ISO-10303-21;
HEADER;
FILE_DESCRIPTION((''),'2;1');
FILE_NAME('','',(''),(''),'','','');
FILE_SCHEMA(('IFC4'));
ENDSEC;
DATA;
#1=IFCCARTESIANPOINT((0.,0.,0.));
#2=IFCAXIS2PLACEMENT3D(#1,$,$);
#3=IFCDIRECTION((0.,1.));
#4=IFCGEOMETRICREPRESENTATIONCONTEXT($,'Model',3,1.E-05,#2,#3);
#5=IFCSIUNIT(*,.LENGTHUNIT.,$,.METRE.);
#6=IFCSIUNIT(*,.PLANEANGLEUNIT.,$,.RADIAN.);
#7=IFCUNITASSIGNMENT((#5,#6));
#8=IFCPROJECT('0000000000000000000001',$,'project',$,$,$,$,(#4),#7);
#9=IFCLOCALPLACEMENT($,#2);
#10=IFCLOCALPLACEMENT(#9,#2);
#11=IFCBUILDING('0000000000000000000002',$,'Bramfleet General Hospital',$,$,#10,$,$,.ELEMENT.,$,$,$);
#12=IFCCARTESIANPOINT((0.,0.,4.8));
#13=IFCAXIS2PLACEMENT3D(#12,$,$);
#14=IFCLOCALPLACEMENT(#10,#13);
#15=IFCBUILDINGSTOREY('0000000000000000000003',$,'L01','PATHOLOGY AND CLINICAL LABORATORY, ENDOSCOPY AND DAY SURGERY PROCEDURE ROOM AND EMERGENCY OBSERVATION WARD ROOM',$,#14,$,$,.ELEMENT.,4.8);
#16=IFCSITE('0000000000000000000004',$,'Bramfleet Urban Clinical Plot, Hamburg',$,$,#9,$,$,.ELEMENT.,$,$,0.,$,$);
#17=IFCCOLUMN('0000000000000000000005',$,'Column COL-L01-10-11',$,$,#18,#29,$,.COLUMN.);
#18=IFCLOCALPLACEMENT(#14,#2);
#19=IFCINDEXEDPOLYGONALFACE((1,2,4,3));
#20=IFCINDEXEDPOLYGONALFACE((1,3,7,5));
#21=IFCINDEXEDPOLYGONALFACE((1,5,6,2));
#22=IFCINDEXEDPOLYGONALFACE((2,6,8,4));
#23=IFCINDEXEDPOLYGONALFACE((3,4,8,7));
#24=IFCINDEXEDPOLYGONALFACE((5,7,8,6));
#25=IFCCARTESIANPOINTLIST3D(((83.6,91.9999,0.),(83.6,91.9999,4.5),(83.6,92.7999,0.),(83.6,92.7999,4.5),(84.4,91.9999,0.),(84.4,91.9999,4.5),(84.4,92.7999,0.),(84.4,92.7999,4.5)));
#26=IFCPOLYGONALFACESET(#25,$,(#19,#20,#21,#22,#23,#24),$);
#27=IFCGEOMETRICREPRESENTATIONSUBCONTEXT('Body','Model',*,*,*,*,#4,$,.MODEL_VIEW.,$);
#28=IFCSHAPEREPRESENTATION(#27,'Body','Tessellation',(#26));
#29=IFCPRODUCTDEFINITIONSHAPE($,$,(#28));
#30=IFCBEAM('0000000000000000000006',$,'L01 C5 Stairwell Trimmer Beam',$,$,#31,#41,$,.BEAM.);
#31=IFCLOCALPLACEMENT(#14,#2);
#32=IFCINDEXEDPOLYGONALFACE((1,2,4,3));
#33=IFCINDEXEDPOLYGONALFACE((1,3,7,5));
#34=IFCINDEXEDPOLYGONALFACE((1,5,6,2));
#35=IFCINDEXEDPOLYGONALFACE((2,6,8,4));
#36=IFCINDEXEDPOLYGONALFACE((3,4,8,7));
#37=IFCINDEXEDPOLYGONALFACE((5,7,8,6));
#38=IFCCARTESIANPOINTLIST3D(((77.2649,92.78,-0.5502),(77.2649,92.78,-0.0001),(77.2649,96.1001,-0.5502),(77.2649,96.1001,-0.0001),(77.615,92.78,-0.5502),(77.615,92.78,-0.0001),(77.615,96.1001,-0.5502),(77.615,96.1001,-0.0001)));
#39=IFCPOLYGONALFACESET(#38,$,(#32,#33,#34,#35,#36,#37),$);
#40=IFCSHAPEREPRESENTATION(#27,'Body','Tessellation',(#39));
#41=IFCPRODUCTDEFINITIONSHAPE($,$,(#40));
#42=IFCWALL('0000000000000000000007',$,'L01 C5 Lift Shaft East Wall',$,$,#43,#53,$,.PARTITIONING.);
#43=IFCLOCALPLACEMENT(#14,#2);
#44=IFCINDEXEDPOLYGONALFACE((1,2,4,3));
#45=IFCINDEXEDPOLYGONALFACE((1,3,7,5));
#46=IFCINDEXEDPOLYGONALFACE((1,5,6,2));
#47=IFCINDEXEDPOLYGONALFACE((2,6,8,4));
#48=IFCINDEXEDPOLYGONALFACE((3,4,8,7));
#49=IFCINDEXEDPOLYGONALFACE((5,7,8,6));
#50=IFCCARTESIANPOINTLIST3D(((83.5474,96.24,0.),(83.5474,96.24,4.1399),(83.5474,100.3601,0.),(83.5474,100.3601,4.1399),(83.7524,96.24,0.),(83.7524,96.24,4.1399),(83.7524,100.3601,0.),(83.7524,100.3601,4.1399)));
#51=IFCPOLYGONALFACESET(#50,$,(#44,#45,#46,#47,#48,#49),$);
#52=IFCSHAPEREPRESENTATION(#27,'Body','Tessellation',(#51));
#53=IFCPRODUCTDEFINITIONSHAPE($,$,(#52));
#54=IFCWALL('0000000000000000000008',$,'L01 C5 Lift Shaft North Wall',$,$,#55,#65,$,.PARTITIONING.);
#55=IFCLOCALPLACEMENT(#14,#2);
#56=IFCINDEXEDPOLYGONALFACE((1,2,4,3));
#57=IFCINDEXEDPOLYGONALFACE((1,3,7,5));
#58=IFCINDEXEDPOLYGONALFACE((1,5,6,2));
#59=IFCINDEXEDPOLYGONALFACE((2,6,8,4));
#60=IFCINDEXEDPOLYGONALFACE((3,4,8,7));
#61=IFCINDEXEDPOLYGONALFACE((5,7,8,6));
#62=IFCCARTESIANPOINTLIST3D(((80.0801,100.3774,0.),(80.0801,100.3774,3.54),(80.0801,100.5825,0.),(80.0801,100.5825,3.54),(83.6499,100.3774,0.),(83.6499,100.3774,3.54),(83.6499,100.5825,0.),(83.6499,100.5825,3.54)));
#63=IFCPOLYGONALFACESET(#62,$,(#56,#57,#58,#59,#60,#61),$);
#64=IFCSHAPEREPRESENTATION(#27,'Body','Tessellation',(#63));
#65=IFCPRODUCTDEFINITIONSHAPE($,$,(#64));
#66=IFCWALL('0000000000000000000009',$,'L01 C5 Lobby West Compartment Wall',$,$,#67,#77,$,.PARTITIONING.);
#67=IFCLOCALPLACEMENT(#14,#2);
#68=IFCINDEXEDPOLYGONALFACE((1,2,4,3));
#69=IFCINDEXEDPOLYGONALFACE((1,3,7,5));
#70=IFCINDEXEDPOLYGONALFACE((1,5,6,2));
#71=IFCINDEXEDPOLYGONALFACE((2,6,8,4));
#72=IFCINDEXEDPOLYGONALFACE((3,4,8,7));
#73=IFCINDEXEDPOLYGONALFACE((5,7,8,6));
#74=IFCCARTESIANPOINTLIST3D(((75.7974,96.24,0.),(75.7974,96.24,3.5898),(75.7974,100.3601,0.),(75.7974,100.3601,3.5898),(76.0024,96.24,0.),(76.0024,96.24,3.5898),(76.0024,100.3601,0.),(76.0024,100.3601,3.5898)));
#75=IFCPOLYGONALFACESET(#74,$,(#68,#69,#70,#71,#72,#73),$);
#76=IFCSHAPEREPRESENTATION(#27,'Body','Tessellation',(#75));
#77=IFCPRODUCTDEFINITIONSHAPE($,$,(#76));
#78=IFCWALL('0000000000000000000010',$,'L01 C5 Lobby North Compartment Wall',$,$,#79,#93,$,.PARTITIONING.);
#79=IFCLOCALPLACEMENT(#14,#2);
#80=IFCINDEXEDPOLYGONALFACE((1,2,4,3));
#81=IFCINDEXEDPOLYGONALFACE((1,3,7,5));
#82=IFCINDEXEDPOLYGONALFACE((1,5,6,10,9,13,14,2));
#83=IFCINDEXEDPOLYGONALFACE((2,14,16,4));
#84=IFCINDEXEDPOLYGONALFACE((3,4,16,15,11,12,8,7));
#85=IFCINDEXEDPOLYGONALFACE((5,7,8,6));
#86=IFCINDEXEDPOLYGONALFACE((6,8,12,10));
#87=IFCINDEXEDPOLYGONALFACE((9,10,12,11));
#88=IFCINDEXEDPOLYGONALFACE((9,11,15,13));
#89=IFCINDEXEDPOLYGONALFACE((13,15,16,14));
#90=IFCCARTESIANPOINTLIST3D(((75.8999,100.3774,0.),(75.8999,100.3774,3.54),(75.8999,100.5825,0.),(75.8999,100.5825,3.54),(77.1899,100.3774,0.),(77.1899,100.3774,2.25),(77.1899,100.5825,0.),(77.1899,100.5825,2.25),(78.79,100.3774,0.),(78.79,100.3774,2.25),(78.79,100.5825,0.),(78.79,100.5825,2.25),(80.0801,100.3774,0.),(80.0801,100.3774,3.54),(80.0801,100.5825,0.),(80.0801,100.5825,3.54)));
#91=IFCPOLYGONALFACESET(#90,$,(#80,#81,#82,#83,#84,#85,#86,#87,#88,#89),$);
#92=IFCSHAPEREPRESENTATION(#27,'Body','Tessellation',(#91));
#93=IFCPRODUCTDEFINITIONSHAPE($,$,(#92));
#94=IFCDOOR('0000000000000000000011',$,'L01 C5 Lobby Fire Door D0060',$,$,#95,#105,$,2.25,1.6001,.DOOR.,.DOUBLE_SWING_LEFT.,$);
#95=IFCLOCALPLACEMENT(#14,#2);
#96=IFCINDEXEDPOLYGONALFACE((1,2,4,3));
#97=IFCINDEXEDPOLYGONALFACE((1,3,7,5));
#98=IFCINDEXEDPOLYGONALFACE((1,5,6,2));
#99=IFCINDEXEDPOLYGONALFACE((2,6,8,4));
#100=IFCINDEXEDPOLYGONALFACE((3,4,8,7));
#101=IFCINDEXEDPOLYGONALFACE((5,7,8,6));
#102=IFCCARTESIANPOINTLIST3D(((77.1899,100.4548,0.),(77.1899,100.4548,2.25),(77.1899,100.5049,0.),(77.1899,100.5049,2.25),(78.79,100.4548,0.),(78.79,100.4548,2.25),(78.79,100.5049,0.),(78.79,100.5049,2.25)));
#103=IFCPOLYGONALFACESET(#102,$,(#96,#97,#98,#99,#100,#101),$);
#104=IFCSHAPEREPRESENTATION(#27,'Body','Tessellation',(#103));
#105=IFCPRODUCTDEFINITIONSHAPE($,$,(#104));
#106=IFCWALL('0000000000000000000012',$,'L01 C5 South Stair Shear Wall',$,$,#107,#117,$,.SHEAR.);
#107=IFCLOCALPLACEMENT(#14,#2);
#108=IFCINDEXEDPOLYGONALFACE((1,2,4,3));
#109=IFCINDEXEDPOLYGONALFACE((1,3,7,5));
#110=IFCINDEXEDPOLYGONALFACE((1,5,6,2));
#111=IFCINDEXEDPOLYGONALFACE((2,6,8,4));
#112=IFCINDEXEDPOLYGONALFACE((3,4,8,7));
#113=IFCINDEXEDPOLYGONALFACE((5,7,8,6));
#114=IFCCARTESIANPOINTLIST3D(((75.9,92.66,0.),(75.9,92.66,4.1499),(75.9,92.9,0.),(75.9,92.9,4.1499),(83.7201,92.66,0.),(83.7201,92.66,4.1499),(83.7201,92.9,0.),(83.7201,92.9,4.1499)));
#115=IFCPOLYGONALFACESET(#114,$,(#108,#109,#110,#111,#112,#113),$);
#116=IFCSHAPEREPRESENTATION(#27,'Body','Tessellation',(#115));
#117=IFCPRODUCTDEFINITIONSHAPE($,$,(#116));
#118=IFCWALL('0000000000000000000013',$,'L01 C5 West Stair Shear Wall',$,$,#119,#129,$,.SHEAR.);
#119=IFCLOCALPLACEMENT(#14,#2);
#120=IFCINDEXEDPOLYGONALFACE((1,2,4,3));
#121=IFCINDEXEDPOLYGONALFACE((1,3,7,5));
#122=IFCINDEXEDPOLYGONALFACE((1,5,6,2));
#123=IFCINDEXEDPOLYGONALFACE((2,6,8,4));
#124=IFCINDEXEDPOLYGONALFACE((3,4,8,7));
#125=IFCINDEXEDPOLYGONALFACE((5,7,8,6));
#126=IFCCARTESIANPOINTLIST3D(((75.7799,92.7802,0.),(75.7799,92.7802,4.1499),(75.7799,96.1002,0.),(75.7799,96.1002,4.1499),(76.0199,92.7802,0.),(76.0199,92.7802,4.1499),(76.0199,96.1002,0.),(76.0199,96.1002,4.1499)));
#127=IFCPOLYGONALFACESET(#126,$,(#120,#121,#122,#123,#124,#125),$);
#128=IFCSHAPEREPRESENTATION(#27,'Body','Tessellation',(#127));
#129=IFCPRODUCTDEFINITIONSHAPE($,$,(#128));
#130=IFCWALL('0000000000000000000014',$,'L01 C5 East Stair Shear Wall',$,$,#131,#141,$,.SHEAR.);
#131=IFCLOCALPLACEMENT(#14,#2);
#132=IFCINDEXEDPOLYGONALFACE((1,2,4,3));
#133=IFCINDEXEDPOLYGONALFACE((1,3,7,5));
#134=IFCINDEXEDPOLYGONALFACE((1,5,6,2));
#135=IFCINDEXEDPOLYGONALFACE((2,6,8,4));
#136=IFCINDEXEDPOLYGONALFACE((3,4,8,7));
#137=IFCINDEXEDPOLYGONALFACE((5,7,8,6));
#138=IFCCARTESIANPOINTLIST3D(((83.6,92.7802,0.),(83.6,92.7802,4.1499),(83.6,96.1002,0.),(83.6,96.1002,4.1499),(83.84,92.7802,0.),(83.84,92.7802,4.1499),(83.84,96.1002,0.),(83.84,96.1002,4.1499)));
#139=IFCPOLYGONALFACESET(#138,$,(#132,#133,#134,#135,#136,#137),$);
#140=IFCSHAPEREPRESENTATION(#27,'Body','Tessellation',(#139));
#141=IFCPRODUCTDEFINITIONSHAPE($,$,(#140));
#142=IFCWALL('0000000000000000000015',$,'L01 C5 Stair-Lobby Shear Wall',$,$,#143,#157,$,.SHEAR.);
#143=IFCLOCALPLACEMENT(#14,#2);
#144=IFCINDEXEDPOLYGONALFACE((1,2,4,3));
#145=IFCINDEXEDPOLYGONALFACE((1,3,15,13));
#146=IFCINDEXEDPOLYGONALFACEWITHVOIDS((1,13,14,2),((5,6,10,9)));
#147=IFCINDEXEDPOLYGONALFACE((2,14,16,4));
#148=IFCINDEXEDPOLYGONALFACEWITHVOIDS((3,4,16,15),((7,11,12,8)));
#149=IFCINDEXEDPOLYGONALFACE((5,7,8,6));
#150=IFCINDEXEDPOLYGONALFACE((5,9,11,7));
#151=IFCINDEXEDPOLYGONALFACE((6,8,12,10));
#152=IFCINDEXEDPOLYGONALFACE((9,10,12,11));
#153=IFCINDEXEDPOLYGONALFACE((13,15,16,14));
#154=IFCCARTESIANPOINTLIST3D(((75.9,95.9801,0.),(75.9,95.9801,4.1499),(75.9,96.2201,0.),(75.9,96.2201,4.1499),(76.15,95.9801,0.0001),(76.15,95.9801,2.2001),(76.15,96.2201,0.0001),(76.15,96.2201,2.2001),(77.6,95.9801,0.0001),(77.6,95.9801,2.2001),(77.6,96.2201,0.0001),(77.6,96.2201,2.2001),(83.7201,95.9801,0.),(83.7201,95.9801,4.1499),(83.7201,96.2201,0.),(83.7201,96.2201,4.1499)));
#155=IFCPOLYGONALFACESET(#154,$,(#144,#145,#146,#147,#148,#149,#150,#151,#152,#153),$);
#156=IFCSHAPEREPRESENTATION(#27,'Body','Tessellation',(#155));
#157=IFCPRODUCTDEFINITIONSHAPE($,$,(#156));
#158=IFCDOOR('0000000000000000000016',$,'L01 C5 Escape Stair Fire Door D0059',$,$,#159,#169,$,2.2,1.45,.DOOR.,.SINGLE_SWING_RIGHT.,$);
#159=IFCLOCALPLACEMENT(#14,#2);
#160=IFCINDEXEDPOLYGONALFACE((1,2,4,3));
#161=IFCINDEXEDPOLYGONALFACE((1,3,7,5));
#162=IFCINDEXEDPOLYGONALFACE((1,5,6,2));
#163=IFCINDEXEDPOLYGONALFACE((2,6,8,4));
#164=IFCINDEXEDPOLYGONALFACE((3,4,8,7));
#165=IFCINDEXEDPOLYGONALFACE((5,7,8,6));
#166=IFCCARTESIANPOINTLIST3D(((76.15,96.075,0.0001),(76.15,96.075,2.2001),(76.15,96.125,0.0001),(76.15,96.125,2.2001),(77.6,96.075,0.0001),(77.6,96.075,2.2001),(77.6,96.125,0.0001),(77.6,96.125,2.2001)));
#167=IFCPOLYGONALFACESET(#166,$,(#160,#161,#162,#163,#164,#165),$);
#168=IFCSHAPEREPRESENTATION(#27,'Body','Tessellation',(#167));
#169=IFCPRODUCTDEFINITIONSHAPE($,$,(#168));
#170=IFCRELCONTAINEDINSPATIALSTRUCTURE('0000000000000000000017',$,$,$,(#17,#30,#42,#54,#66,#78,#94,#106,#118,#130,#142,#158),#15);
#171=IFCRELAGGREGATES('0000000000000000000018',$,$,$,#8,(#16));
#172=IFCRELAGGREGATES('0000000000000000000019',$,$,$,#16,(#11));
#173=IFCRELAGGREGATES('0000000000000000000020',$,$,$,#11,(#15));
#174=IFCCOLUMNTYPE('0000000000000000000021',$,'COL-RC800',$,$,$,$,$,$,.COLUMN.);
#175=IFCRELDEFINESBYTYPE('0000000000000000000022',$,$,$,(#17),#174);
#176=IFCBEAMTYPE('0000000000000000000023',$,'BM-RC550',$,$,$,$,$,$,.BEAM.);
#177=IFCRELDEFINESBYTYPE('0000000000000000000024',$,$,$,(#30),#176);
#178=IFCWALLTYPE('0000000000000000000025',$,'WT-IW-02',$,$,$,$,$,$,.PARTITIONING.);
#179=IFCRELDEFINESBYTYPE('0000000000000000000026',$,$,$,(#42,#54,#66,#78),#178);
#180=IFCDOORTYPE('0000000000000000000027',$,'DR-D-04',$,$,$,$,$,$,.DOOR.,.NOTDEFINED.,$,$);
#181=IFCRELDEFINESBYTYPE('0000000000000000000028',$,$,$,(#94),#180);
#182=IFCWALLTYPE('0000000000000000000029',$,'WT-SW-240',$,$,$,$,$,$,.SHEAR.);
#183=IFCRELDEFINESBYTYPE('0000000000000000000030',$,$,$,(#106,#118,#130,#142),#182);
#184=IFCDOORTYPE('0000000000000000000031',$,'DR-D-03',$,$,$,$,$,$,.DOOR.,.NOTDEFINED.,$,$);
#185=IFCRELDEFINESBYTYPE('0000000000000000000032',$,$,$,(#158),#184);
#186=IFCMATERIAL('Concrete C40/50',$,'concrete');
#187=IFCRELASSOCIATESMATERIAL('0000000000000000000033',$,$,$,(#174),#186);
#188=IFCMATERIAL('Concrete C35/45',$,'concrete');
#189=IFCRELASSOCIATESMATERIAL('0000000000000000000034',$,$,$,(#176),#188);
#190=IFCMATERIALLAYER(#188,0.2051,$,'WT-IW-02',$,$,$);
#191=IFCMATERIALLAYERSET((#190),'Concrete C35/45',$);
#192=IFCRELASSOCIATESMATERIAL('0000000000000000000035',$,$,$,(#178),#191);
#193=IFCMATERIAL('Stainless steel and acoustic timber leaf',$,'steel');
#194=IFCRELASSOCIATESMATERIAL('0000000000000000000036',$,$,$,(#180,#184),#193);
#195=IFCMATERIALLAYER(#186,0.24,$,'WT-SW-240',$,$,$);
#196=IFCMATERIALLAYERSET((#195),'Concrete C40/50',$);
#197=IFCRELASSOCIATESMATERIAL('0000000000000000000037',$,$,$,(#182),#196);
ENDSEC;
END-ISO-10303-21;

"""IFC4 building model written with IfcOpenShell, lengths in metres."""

from ifc_helpers import new_model, si_unit, direction, frame, frame_2d, origin, origin_2d, place, context, subcontext, project, spatial, rectangle, extrude, material, layer, layer_set, material_profile, profile_set, type_object, element, fill, save


model = new_model("IFC4")

# Units and contexts
model_context = context("Model", 3, precision=1e-05, world=origin(), true_north=direction((0.0, 1.0)))
body_context = subcontext(model_context, "Body", "Model", "MODEL_VIEW")
ifc_project = project(units=[si_unit("LENGTHUNIT", "METRE"), si_unit("PLANEANGLEUNIT", "RADIAN")], contexts=[model_context])

# Site, building, storey
site_placement = place(None, origin())
site = spatial("IfcSite", under=ifc_project, at=site_placement, Name="Bramfleet Urban Clinical Plot, Hamburg", CompositionType="ELEMENT", RefElevation=0.0)
building_placement = place(site_placement, origin())
building = spatial("IfcBuilding", under=site, at=building_placement, Name="Bramfleet General Hospital", CompositionType="ELEMENT")
storey_placement = place(building_placement, frame((0.0, 0.0, 4.8)))
storey = spatial("IfcBuildingStorey", under=building, at=storey_placement, Name="L01", Description="PATHOLOGY AND CLINICAL LABORATORY, ENDOSCOPY AND DAY SURGERY PROCEDURE ROOM AND EMERGENCY OBSERVATION WARD ROOM", CompositionType="ELEMENT", Elevation=4.8)

# Column
ifc_material_1 = material(Name="Concrete C40/50", Category="concrete")
ifc_material_profile_1 = material_profile(ifc_material_1, rectangle(XDim=0.8, YDim=0.8, at=origin_2d()), Name="RC COL 800x800")
ifc_profile_set_1 = profile_set([ifc_material_profile_1], Name="Concrete C40/50")
column_type = type_object("IfcColumnType", Name="COL-RC800", PredefinedType="COLUMN", material=ifc_profile_set_1)
column_placement = place(storey_placement, frame((84.0, 92.3999, 0.0), z_axis=(0.0, 0.0, 1.0), x_axis=(1.0, 0.0, 0.0)))
element("IfcColumn", 1, at=column_placement, inside=storey, type_object=column_type, Name="Column COL-L01-10-11", PredefinedType="COLUMN", context=body_context, shape_type="SweptSolid", body=[
    extrude(rectangle(XDim=0.8, YDim=0.8, at=origin_2d()), origin(), (0.0, 0.0, 1.0), 4.5),
])

# Beam
ifc_material_2 = material(Name="Concrete C35/45", Category="concrete")
ifc_material_profile_2 = material_profile(ifc_material_2, rectangle(XDim=0.3501, YDim=0.55, at=origin_2d()), Name="RC BM 550x350")
ifc_profile_set_2 = profile_set([ifc_material_profile_2], Name="Concrete C35/45")
beam_type = type_object("IfcBeamType", Name="BM-RC550", PredefinedType="BEAM", material=ifc_profile_set_2)
beam_placement = place(storey_placement, frame((77.4399, 92.78, -0.2751), z_axis=(0.0, 1.0, 0.0), x_axis=(-1.0, 0.0, 0.0)))
element("IfcBeam", 2, at=beam_placement, inside=storey, type_object=beam_type, Name="L01 C5 Stairwell Trimmer Beam", PredefinedType="BEAM", context=body_context, shape_type="SweptSolid", body=[
    extrude(rectangle(XDim=0.3501, YDim=0.55, at=origin_2d()), origin(), (0.0, 0.0, 1.0), 3.3201),
])

# Shared definitions
ifc_layer_1 = layer(ifc_material_2, 0.2051, Name="WT-IW-02")
ifc_layer_set_1 = layer_set([ifc_layer_1], Name="Concrete C35/45")
wall_type_1 = type_object("IfcWallType", Name="WT-IW-02", PredefinedType="PARTITIONING", material=ifc_layer_set_1)

# Walls
wall_1_placement = place(storey_placement, frame((83.6499, 96.24, 0.0), z_axis=(0.0, 0.0, 1.0), x_axis=(0.0, 1.0, 0.0)))
element("IfcWall", 3, at=wall_1_placement, inside=storey, type_object=wall_type_1, Name="L01 C5 Lift Shaft East Wall", PredefinedType="PARTITIONING", context=body_context, shape_type="SweptSolid", body=[
    extrude(rectangle(XDim=4.1201, YDim=0.2051, at=frame_2d((2.0601, 0.0))), origin(), (0.0, 0.0, 1.0), 4.1399),
])
wall_2_placement = place(storey_placement, frame((80.0801, 100.48, 0.0), z_axis=(0.0, 0.0, 1.0), x_axis=(1.0, 0.0, 0.0)))
element("IfcWall", 4, at=wall_2_placement, inside=storey, type_object=wall_type_1, Name="L01 C5 Lift Shaft North Wall", PredefinedType="PARTITIONING", context=body_context, shape_type="SweptSolid", body=[
    extrude(rectangle(XDim=3.5698, YDim=0.2051, at=frame_2d((1.7849, 0.0))), origin(), (0.0, 0.0, 1.0), 3.54),
])
wall_3_placement = place(storey_placement, frame((75.8999, 96.24, 0.0), z_axis=(0.0, 0.0, 1.0), x_axis=(0.0, 1.0, 0.0)))
element("IfcWall", 5, at=wall_3_placement, inside=storey, type_object=wall_type_1, Name="L01 C5 Lobby West Compartment Wall", PredefinedType="PARTITIONING", context=body_context, shape_type="SweptSolid", body=[
    extrude(rectangle(XDim=4.1201, YDim=0.2051, at=frame_2d((2.0601, 0.0))), origin(), (0.0, 0.0, 1.0), 3.5898),
])

# Wall, opening, door
wall_4_placement = place(storey_placement, frame((75.8999, 100.48, 0.0), z_axis=(0.0, 0.0, 1.0), x_axis=(1.0, 0.0, 0.0)))
wall_4 = element("IfcWall", 6, at=wall_4_placement, inside=storey, type_object=wall_type_1, Name="L01 C5 Lobby North Compartment Wall", PredefinedType="PARTITIONING", context=body_context, shape_type="SweptSolid", body=[
    extrude(rectangle(XDim=4.1802, YDim=0.2051, at=frame_2d((2.0901, 0.0))), origin(), (0.0, 0.0, 1.0), 3.54),
])
opening_1_placement = place(wall_4_placement, frame((1.29, 0.0, 0.0)))
opening_1 = element("IfcOpeningElement", 7, at=opening_1_placement, cuts=wall_4, PredefinedType="OPENING", context=body_context, shape_type="SweptSolid", body=[
    extrude(rectangle(XDim=1.6001, YDim=2.25, at=frame_2d((0.8, 1.125))), frame((0.0, 0.1125, 0.0), z_axis=(0.0, -1.0, 0.0), x_axis=(1.0, 0.0, 0.0)), (0.0, 0.0, 1.0), 0.2251),
])
ifc_material_3 = material(Name="Stainless steel and acoustic timber leaf", Category="steel")
door_type_1 = type_object("IfcDoorType", Name="DR-D-04", OperationType="NOTDEFINED", PredefinedType="DOOR", material=ifc_material_3)
door_1_placement = place(opening_1_placement, origin())
door_1 = element("IfcDoor", 8, at=door_1_placement, inside=storey, type_object=door_type_1, Name="L01 C5 Lobby Fire Door D0060", OperationType="DOUBLE_SWING_LEFT", OverallHeight=2.25, OverallWidth=1.6001, PredefinedType="DOOR", context=body_context, shape_type="SweptSolid", body=[
    extrude(rectangle(XDim=1.6001, YDim=2.25, at=frame_2d((0.8, 1.125))), frame((0.0, 0.0249, 0.0), z_axis=(0.0, -1.0, 0.0), x_axis=(1.0, 0.0, 0.0)), (0.0, 0.0, 1.0), 0.05),
])
fill(opening_1, door_1)

# Walls
ifc_layer_2 = layer(ifc_material_1, 0.24, Name="WT-SW-240")
ifc_layer_set_2 = layer_set([ifc_layer_2], Name="Concrete C40/50")
wall_type_2 = type_object("IfcWallType", Name="WT-SW-240", PredefinedType="SHEAR", material=ifc_layer_set_2)
wall_5_placement = place(storey_placement, frame((75.8999, 92.78, 0.0), z_axis=(0.0, 0.0, 1.0), x_axis=(1.0, 0.0, 0.0)))
element("IfcWall", 9, at=wall_5_placement, inside=storey, type_object=wall_type_2, Name="L01 C5 South Stair Shear Wall", PredefinedType="SHEAR", context=body_context, shape_type="SweptSolid", body=[
    extrude(rectangle(XDim=7.8201, YDim=0.24, at=frame_2d((3.9102, 0.0))), origin(), (0.0, 0.0, 1.0), 4.1499),
])
for number, where, z_axis, x_axis, name in (
    (10, (75.8999, 92.78, 0.0), (0.0, 0.0, 1.0), (0.0, 1.0, 0.0), "L01 C5 West Stair Shear Wall"),
    (11, (83.72, 92.78, 0.0), (0.0, 0.0, 1.0), (0.0, 1.0, 0.0), "L01 C5 East Stair Shear Wall"),
):
    element("IfcWall", number, at=place(storey_placement, frame(where, z_axis=z_axis, x_axis=x_axis)), inside=storey, type_object=wall_type_2, Name=name, PredefinedType="SHEAR", context=body_context, shape_type="SweptSolid", body=[
        extrude(rectangle(XDim=3.3201, YDim=0.24, at=frame_2d((1.6602, 0.0))), origin(), (0.0, 0.0, 1.0), 4.1499),
    ])

# Wall, opening, door
wall_6_placement = place(storey_placement, frame((75.8999, 96.1001, 0.0), z_axis=(0.0, 0.0, 1.0), x_axis=(1.0, 0.0, 0.0)))
wall_6 = element("IfcWall", 12, at=wall_6_placement, inside=storey, type_object=wall_type_2, Name="L01 C5 Stair-Lobby Shear Wall", PredefinedType="SHEAR", context=body_context, shape_type="SweptSolid", body=[
    extrude(rectangle(XDim=7.8201, YDim=0.24, at=frame_2d((3.9102, 0.0))), origin(), (0.0, 0.0, 1.0), 4.1499),
])
opening_2_placement = place(wall_6_placement, frame((0.25, 0.0, 0.0)))
opening_2 = element("IfcOpeningElement", 13, at=opening_2_placement, cuts=wall_6, PredefinedType="OPENING", context=body_context, shape_type="SweptSolid", body=[
    extrude(rectangle(XDim=1.45, YDim=2.2, at=frame_2d((0.7251, 1.1001))), frame((0.0, 0.1299, 0.0), z_axis=(0.0, -1.0, 0.0), x_axis=(1.0, 0.0, 0.0)), (0.0, 0.0, 1.0), 0.26),
])
door_type_2 = type_object("IfcDoorType", Name="DR-D-03", OperationType="NOTDEFINED", PredefinedType="DOOR", material=ifc_material_3)
door_2_placement = place(opening_2_placement, origin())
door_2 = element("IfcDoor", 14, at=door_2_placement, inside=storey, type_object=door_type_2, Name="L01 C5 Escape Stair Fire Door D0059", OperationType="SINGLE_SWING_RIGHT", OverallHeight=2.2, OverallWidth=1.45, PredefinedType="DOOR", context=body_context, shape_type="SweptSolid", body=[
    extrude(rectangle(XDim=1.45, YDim=2.2, at=frame_2d((0.7251, 1.1001))), frame((0.0, 0.0249, 0.0), z_axis=(0.0, -1.0, 0.0), x_axis=(1.0, 0.0, 0.0)), (0.0, 0.0, 1.0), 0.05),
])
fill(opening_2, door_2)

save(model, "model.ifc")
